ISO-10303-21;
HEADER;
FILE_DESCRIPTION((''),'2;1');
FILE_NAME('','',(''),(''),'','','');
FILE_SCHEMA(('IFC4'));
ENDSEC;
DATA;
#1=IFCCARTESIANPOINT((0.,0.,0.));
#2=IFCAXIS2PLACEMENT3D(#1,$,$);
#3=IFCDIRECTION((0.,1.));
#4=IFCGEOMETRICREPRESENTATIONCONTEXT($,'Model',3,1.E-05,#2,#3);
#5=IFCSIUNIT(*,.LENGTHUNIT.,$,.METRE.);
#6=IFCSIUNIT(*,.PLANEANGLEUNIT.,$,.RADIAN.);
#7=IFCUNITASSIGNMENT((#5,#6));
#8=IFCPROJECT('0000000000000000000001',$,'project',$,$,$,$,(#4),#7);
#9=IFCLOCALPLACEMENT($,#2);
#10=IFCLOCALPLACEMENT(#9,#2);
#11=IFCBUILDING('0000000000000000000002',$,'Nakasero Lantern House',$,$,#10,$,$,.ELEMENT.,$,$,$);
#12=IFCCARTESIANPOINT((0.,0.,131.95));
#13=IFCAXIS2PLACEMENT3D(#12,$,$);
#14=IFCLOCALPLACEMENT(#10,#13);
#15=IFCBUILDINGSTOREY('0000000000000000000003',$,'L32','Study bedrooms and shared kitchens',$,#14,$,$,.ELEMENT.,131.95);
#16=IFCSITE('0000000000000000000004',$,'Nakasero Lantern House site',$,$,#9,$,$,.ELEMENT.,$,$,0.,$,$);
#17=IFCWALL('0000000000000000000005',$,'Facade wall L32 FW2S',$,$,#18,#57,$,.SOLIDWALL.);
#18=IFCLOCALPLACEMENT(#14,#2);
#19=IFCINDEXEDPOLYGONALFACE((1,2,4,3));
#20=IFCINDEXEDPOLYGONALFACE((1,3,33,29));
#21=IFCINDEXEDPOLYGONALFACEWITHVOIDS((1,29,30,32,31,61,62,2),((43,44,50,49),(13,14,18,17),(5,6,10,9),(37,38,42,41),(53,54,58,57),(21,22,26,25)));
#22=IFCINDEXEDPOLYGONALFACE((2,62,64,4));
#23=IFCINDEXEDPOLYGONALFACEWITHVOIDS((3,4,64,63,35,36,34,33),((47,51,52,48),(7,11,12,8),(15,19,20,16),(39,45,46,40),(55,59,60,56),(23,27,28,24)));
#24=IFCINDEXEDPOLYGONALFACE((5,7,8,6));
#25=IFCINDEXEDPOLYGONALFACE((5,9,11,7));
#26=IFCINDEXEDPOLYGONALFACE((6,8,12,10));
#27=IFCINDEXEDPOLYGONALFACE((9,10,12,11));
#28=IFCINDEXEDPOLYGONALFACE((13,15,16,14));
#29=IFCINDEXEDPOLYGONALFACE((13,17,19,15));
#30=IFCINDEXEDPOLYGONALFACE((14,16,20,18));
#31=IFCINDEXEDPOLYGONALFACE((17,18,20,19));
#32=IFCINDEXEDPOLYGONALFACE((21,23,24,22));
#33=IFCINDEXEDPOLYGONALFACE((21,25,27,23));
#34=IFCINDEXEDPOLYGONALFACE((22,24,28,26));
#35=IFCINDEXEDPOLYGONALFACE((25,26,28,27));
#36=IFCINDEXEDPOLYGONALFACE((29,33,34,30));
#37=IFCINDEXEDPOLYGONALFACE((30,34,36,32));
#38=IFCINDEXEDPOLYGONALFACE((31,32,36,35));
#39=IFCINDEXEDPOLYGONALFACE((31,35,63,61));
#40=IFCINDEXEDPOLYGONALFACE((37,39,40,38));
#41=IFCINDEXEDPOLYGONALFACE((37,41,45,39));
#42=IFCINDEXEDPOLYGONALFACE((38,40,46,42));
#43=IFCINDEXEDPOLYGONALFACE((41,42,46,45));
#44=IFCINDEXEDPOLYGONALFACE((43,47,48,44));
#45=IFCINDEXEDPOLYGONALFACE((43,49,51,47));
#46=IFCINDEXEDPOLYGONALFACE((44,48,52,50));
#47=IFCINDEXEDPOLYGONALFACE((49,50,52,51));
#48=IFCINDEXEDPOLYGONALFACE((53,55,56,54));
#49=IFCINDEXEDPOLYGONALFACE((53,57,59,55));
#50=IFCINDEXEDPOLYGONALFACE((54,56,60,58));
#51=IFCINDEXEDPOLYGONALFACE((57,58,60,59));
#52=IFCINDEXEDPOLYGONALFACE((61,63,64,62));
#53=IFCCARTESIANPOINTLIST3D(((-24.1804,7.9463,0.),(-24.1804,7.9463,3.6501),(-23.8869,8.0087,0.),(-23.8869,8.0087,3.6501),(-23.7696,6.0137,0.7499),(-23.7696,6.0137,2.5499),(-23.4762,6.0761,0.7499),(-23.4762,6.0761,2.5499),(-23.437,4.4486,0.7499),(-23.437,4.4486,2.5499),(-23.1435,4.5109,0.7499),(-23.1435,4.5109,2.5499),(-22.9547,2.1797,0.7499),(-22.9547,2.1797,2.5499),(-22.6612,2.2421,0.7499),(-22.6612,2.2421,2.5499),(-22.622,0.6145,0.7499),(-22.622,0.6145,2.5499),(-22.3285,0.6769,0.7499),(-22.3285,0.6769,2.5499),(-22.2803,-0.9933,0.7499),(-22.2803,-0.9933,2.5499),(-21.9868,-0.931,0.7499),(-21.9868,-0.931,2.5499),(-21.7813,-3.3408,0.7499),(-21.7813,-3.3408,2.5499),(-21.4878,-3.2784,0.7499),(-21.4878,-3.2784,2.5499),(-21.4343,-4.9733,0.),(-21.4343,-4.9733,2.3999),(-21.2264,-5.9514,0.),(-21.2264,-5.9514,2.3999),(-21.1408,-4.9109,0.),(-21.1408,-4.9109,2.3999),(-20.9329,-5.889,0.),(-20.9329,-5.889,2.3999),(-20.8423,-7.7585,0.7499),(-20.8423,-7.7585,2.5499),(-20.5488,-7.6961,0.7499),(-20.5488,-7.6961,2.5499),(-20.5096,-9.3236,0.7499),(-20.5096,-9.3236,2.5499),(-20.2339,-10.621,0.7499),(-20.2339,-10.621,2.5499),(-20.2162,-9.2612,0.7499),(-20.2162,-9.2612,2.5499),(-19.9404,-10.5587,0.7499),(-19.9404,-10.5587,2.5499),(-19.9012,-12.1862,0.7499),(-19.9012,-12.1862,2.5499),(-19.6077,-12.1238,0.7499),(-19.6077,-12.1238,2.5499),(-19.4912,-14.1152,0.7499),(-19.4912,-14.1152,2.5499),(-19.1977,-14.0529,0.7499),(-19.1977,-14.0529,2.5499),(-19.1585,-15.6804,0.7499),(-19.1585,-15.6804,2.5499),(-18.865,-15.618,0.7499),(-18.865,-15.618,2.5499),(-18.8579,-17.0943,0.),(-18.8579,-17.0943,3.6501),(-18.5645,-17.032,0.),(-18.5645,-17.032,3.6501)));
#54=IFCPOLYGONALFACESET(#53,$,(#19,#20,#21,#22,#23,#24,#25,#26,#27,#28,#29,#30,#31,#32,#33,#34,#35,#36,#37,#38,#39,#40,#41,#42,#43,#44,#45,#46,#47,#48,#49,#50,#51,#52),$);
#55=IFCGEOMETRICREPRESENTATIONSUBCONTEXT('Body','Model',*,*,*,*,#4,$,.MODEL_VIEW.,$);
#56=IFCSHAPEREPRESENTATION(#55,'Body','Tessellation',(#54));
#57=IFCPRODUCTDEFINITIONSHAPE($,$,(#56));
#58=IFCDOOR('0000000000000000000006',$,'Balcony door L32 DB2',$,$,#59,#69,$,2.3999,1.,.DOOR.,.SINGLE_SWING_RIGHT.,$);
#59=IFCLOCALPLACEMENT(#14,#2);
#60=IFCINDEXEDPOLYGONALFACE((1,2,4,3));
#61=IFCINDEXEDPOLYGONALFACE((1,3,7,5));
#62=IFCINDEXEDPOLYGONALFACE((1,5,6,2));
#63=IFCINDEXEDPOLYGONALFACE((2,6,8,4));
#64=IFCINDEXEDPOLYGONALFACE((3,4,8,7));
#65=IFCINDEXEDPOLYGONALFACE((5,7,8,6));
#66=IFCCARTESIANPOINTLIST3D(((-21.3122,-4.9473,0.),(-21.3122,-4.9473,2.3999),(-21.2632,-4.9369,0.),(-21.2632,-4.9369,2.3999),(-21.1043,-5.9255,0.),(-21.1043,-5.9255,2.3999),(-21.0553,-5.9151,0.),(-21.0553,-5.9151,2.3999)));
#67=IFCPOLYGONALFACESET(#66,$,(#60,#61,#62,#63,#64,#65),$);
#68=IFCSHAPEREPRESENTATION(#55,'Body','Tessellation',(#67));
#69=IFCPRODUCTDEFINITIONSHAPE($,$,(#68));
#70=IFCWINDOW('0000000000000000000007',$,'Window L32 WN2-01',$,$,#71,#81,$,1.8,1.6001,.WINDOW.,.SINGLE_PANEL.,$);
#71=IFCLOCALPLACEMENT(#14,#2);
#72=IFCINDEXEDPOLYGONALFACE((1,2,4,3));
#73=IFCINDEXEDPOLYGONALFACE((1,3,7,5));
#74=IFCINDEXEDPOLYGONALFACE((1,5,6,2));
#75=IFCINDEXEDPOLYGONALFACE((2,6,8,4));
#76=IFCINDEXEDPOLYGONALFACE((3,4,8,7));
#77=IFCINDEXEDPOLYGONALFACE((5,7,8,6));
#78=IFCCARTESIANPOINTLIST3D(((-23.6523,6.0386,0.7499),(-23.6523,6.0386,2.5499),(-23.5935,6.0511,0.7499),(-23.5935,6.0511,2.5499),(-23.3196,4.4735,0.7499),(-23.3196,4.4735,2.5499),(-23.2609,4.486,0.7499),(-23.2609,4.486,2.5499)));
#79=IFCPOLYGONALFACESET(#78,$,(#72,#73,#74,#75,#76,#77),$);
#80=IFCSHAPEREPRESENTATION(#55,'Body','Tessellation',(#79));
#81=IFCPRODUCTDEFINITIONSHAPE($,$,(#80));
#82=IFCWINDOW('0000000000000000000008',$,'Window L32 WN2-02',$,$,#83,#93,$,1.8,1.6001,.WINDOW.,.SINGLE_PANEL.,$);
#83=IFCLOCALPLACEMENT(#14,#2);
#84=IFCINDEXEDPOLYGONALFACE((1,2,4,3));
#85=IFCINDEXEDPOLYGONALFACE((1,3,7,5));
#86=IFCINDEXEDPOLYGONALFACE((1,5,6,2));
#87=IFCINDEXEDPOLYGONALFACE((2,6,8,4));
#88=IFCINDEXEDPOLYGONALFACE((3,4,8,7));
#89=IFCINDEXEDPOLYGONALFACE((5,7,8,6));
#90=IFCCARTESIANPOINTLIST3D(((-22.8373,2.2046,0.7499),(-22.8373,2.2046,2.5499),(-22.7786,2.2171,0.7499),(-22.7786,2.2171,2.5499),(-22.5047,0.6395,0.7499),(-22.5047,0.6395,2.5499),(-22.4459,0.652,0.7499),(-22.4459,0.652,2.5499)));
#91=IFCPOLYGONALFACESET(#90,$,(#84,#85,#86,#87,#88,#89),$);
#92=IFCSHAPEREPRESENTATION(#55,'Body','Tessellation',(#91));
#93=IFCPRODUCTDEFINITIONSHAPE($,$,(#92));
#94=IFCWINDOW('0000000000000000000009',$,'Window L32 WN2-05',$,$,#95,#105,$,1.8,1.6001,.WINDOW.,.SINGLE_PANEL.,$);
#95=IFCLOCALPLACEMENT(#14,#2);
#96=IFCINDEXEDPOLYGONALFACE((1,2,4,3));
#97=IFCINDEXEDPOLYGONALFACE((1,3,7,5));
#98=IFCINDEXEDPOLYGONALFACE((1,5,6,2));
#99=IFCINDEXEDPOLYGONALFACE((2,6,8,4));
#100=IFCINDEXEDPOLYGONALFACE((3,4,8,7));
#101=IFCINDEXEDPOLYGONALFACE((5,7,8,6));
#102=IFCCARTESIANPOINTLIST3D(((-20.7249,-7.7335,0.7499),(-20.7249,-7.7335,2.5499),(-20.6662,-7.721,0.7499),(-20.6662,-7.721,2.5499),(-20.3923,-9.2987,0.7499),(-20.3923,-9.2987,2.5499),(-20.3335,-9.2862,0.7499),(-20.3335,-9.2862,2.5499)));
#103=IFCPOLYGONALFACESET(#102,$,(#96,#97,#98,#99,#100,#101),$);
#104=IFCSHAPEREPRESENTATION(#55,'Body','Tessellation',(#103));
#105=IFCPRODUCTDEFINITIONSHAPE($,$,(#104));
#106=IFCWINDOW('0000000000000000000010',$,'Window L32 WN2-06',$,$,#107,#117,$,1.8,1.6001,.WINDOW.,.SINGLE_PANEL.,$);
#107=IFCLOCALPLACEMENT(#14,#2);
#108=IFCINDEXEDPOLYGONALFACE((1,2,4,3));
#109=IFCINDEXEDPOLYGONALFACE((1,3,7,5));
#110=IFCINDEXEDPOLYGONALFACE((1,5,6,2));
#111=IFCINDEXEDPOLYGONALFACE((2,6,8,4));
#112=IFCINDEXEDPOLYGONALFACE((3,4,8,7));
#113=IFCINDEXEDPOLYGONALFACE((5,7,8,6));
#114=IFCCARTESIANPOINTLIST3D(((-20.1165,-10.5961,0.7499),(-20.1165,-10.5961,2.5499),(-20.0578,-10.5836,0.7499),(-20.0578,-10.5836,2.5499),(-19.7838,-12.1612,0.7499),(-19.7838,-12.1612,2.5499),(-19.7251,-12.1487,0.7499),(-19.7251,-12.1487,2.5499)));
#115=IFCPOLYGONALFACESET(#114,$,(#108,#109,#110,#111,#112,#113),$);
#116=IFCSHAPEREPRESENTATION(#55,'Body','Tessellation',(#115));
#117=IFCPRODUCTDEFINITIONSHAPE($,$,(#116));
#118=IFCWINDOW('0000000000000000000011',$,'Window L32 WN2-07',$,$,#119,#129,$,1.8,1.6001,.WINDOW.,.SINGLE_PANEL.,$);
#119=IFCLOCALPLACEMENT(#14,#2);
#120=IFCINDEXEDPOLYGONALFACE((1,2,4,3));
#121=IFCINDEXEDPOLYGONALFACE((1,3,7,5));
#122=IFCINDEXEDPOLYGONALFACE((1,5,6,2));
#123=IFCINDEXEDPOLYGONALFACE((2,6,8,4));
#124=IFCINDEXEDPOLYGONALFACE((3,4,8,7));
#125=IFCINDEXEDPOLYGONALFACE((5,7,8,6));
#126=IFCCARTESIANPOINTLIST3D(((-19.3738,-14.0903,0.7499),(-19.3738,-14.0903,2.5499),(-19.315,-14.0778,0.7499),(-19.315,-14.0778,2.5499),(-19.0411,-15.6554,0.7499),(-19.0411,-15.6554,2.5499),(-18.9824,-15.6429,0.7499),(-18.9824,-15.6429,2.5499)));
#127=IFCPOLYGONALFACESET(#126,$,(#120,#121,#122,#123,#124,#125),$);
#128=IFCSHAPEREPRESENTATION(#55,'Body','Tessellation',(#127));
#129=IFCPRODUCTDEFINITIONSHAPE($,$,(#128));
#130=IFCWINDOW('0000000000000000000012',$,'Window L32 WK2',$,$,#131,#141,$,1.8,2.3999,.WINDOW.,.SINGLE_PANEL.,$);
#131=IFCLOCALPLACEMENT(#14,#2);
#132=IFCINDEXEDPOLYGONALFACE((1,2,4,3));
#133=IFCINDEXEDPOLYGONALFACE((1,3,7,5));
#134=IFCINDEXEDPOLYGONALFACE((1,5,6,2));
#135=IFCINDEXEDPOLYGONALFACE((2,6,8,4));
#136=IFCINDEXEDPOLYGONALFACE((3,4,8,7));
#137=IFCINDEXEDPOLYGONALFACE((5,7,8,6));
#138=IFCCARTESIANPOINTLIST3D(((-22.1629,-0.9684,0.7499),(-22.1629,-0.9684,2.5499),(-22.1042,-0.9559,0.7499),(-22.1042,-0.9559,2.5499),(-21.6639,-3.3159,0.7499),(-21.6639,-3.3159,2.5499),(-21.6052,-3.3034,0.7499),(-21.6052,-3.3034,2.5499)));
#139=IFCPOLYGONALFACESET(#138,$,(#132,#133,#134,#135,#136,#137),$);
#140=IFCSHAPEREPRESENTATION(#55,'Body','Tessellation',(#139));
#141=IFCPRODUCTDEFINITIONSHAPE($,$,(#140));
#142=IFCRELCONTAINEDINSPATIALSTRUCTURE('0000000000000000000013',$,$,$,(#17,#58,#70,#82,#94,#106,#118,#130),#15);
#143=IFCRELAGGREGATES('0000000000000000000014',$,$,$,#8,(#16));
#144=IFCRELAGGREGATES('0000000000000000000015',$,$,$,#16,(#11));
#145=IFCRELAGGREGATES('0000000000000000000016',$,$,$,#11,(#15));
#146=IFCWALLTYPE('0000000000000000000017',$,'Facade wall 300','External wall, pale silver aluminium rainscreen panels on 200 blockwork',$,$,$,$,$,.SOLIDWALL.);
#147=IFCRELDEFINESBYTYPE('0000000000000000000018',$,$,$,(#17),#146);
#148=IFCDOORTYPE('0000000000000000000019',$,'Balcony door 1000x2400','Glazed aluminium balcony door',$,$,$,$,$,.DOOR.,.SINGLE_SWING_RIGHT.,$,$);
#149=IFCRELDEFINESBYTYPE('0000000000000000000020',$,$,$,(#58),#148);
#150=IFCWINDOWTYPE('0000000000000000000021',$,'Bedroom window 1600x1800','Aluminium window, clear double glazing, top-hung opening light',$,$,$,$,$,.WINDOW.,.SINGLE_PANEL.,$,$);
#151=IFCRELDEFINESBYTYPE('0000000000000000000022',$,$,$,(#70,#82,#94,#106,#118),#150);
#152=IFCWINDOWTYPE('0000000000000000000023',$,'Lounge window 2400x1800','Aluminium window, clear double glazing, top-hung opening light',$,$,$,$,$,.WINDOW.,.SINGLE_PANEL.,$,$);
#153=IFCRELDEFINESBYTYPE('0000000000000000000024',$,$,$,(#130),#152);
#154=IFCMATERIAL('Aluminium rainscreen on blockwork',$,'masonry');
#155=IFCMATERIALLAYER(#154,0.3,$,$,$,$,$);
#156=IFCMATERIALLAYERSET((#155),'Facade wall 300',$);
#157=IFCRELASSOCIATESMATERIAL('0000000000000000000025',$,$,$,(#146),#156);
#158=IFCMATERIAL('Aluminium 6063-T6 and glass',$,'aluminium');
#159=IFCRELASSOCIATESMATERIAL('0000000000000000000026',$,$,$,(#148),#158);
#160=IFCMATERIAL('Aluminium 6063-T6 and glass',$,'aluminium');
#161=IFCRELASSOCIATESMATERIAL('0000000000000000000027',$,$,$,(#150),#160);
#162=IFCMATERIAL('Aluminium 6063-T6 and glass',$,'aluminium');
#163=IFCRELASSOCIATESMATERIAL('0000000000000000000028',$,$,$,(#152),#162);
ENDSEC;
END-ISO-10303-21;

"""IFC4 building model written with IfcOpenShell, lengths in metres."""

from ifc_helpers import new_model, si_unit, direction, frame, frame_2d, origin, place, context, subcontext, project, spatial, rectangle, extrude, material, layer, layer_set, type_object, element, fill, save


model = new_model("IFC4")

# Units and contexts
model_context = context("Model", 3, precision=1e-05, world=origin(), true_north=direction((0.0, 1.0)))
body_context = subcontext(model_context, "Body", "Model", "MODEL_VIEW")
ifc_project = project(units=[si_unit("LENGTHUNIT", "METRE"), si_unit("PLANEANGLEUNIT", "RADIAN")], contexts=[model_context])

# Site, building, storey
site_placement = place(None, origin())
site = spatial("IfcSite", under=ifc_project, at=site_placement, Name="Nakasero Lantern House site", CompositionType="ELEMENT", RefElevation=0.0)
building_placement = place(site_placement, origin())
building = spatial("IfcBuilding", under=site, at=building_placement, Name="Nakasero Lantern House", CompositionType="ELEMENT")
storey_placement = place(building_placement, frame((0.0, 0.0, 131.95)))
storey = spatial("IfcBuildingStorey", under=building, at=storey_placement, Name="L32", Description="Study bedrooms and shared kitchens", CompositionType="ELEMENT", Elevation=131.95)

# Wall, openings, door, windows
ifc_material_1 = material(Name="Aluminium rainscreen on blockwork", Category="masonry")
ifc_layer_1 = layer(ifc_material_1, 0.3)
ifc_layer_set_1 = layer_set([ifc_layer_1], Name="Facade wall 300")
wall_type_1 = type_object("IfcWallType", Name="Facade wall 300", Description="External wall, pale silver aluminium rainscreen panels on 200 blockwork", PredefinedType="SOLIDWALL", material=ifc_layer_set_1)
wall_1_placement = place(storey_placement, frame((-24.0337, 7.9775, 0.0), z_axis=(0.0, 0.0, 1.0), x_axis=(0.207909, -0.978148, 0.0)))
wall_1 = element("IfcWall", 1, at=wall_1_placement, inside=storey, type_object=wall_type_1, Name="Facade wall L32 FW2S", PredefinedType="SOLIDWALL", context=body_context, shape_type="SweptSolid", body=[
    extrude(rectangle(XDim=25.6001, YDim=0.3, at=frame_2d((12.8, 0.0))), origin(), (0.0, 0.0, 1.0), 3.6501),
])
opening_1_placement = place(wall_1_placement, frame((1.9758, 0.0, 0.75)))
opening_1 = element("IfcOpeningElement", 2, at=opening_1_placement, cuts=wall_1, PredefinedType="OPENING", context=body_context, shape_type="SweptSolid", body=[
    extrude(rectangle(XDim=1.6001, YDim=1.8, at=frame_2d((0.8, 0.8999))), frame((0.0, 0.1699, 0.0), z_axis=(0.0, -1.0, 0.0), x_axis=(1.0, 0.0, 0.0)), (0.0, 0.0, 1.0), 0.3401),
])
opening_2_placement = place(wall_1_placement, frame((5.8955, 0.0, 0.75)))
opening_2 = element("IfcOpeningElement", 3, at=opening_2_placement, cuts=wall_1, PredefinedType="OPENING", context=body_context, shape_type="SweptSolid", body=[
    extrude(rectangle(XDim=1.6001, YDim=1.8, at=frame_2d((0.8, 0.8999))), frame((0.0, 0.1699, 0.0), z_axis=(0.0, -1.0, 0.0), x_axis=(1.0, 0.0, 0.0)), (0.0, 0.0, 1.0), 0.3401),
])
opening_3_placement = place(wall_1_placement, frame((16.0557, 0.0, 0.75)))
opening_3 = element("IfcOpeningElement", 4, at=opening_3_placement, cuts=wall_1, PredefinedType="OPENING", context=body_context, shape_type="SweptSolid", body=[
    extrude(rectangle(XDim=1.6001, YDim=1.8, at=frame_2d((0.8, 0.8999))), frame((0.0, 0.1699, 0.0), z_axis=(0.0, -1.0, 0.0), x_axis=(1.0, 0.0, 0.0)), (0.0, 0.0, 1.0), 0.3401),
])
opening_4_placement = place(wall_1_placement, frame((18.9822, 0.0, 0.75)))
opening_4 = element("IfcOpeningElement", 5, at=opening_4_placement, cuts=wall_1, PredefinedType="OPENING", context=body_context, shape_type="SweptSolid", body=[
    extrude(rectangle(XDim=1.6001, YDim=1.8, at=frame_2d((0.8, 0.8999))), frame((0.0, 0.1699, 0.0), z_axis=(0.0, -1.0, 0.0), x_axis=(1.0, 0.0, 0.0)), (0.0, 0.0, 1.0), 0.3401),
])
opening_5_placement = place(wall_1_placement, frame((22.5544, 0.0, 0.75)))
opening_5 = element("IfcOpeningElement", 6, at=opening_5_placement, cuts=wall_1, PredefinedType="OPENING", context=body_context, shape_type="SweptSolid", body=[
    extrude(rectangle(XDim=1.6001, YDim=1.8, at=frame_2d((0.8, 0.8999))), frame((0.0, 0.1699, 0.0), z_axis=(0.0, -1.0, 0.0), x_axis=(1.0, 0.0, 0.0)), (0.0, 0.0, 1.0), 0.3401),
])
opening_6_placement = place(wall_1_placement, frame((9.1394, 0.0, 0.75)))
opening_6 = element("IfcOpeningElement", 7, at=opening_6_placement, cuts=wall_1, PredefinedType="OPENING", context=body_context, shape_type="SweptSolid", body=[
    extrude(rectangle(XDim=2.3999, YDim=1.8, at=frame_2d((1.2, 0.8999))), frame((0.0, 0.1699, 0.0), z_axis=(0.0, -1.0, 0.0), x_axis=(1.0, 0.0, 0.0)), (0.0, 0.0, 1.0), 0.3401),
])
opening_7_placement = place(wall_1_placement, frame((13.2083, 0.0, 0.0)))
opening_7 = element("IfcOpeningElement", 8, at=opening_7_placement, cuts=wall_1, PredefinedType="OPENING", context=body_context, shape_type="SweptSolid", body=[
    extrude(rectangle(XDim=1.0, YDim=2.3999, at=frame_2d((0.5, 1.2))), frame((0.0, 0.1699, 0.0), z_axis=(0.0, -1.0, 0.0), x_axis=(1.0, 0.0, 0.0)), (0.0, 0.0, 1.0), 0.3401),
])
ifc_material_2 = material(Name="Aluminium 6063-T6 and glass", Category="aluminium")
door_type = type_object("IfcDoorType", Name="Balcony door 1000x2400", Description="Glazed aluminium balcony door", OperationType="SINGLE_SWING_RIGHT", PredefinedType="DOOR", material=ifc_material_2)
door_placement = place(opening_7_placement, origin())
door = element("IfcDoor", 9, at=door_placement, inside=storey, type_object=door_type, Name="Balcony door L32 DB2", OperationType="SINGLE_SWING_RIGHT", OverallHeight=2.3999, OverallWidth=1.0, PredefinedType="DOOR", context=body_context, shape_type="SweptSolid", body=[
    extrude(rectangle(XDim=1.0, YDim=2.3999, at=frame_2d((0.5, 1.2))), frame((0.0, 0.0249, 0.0), z_axis=(0.0, -1.0, 0.0), x_axis=(1.0, 0.0, 0.0)), (0.0, 0.0, 1.0), 0.05),
])
fill(opening_7, door)
ifc_material_3 = material(Name="Aluminium 6063-T6 and glass", Category="aluminium")
window_type_1 = type_object("IfcWindowType", Name="Bedroom window 1600x1800", Description="Aluminium window, clear double glazing, top-hung opening light", PartitioningType="SINGLE_PANEL", PredefinedType="WINDOW", material=ifc_material_3)
window_1_placement = place(opening_1_placement, origin())
window_1 = element("IfcWindow", 10, at=window_1_placement, inside=storey, type_object=window_type_1, Name="Window L32 WN2-01", OverallHeight=1.8, OverallWidth=1.6001, PartitioningType="SINGLE_PANEL", PredefinedType="WINDOW", context=body_context, shape_type="SweptSolid", body=[
    extrude(rectangle(XDim=1.6001, YDim=1.8, at=frame_2d((0.8, 0.8999))), frame((0.0, 0.03, 0.0), z_axis=(0.0, -1.0, 0.0), x_axis=(1.0, 0.0, 0.0)), (0.0, 0.0, 1.0), 0.0601),
])
fill(opening_1, window_1)
window_2_placement = place(opening_2_placement, origin())
window_2 = element("IfcWindow", 11, at=window_2_placement, inside=storey, type_object=window_type_1, Name="Window L32 WN2-02", OverallHeight=1.8, OverallWidth=1.6001, PartitioningType="SINGLE_PANEL", PredefinedType="WINDOW", context=body_context, shape_type="SweptSolid", body=[
    extrude(rectangle(XDim=1.6001, YDim=1.8, at=frame_2d((0.8, 0.8999))), frame((0.0, 0.03, 0.0), z_axis=(0.0, -1.0, 0.0), x_axis=(1.0, 0.0, 0.0)), (0.0, 0.0, 1.0), 0.0601),
])
fill(opening_2, window_2)
window_3_placement = place(opening_3_placement, origin())
window_3 = element("IfcWindow", 12, at=window_3_placement, inside=storey, type_object=window_type_1, Name="Window L32 WN2-05", OverallHeight=1.8, OverallWidth=1.6001, PartitioningType="SINGLE_PANEL", PredefinedType="WINDOW", context=body_context, shape_type="SweptSolid", body=[
    extrude(rectangle(XDim=1.6001, YDim=1.8, at=frame_2d((0.8, 0.8999))), frame((0.0, 0.03, 0.0), z_axis=(0.0, -1.0, 0.0), x_axis=(1.0, 0.0, 0.0)), (0.0, 0.0, 1.0), 0.0601),
])
fill(opening_3, window_3)
window_4_placement = place(opening_4_placement, origin())
window_4 = element("IfcWindow", 13, at=window_4_placement, inside=storey, type_object=window_type_1, Name="Window L32 WN2-06", OverallHeight=1.8, OverallWidth=1.6001, PartitioningType="SINGLE_PANEL", PredefinedType="WINDOW", context=body_context, shape_type="SweptSolid", body=[
    extrude(rectangle(XDim=1.6001, YDim=1.8, at=frame_2d((0.8, 0.8999))), frame((0.0, 0.03, 0.0), z_axis=(0.0, -1.0, 0.0), x_axis=(1.0, 0.0, 0.0)), (0.0, 0.0, 1.0), 0.0601),
])
fill(opening_4, window_4)
window_5_placement = place(opening_5_placement, origin())
window_5 = element("IfcWindow", 14, at=window_5_placement, inside=storey, type_object=window_type_1, Name="Window L32 WN2-07", OverallHeight=1.8, OverallWidth=1.6001, PartitioningType="SINGLE_PANEL", PredefinedType="WINDOW", context=body_context, shape_type="SweptSolid", body=[
    extrude(rectangle(XDim=1.6001, YDim=1.8, at=frame_2d((0.8, 0.8999))), frame((0.0, 0.03, 0.0), z_axis=(0.0, -1.0, 0.0), x_axis=(1.0, 0.0, 0.0)), (0.0, 0.0, 1.0), 0.0601),
])
fill(opening_5, window_5)
ifc_material_4 = material(Name="Aluminium 6063-T6 and glass", Category="aluminium")
window_type_2 = type_object("IfcWindowType", Name="Lounge window 2400x1800", Description="Aluminium window, clear double glazing, top-hung opening light", PartitioningType="SINGLE_PANEL", PredefinedType="WINDOW", material=ifc_material_4)
window_6_placement = place(opening_6_placement, origin())
window_6 = element("IfcWindow", 15, at=window_6_placement, inside=storey, type_object=window_type_2, Name="Window L32 WK2", OverallHeight=1.8, OverallWidth=2.3999, PartitioningType="SINGLE_PANEL", PredefinedType="WINDOW", context=body_context, shape_type="SweptSolid", body=[
    extrude(rectangle(XDim=2.3999, YDim=1.8, at=frame_2d((1.2, 0.8999))), frame((0.0, 0.03, 0.0), z_axis=(0.0, -1.0, 0.0), x_axis=(1.0, 0.0, 0.0)), (0.0, 0.0, 1.0), 0.0601),
])
fill(opening_6, window_6)

save(model, "model.ifc")
